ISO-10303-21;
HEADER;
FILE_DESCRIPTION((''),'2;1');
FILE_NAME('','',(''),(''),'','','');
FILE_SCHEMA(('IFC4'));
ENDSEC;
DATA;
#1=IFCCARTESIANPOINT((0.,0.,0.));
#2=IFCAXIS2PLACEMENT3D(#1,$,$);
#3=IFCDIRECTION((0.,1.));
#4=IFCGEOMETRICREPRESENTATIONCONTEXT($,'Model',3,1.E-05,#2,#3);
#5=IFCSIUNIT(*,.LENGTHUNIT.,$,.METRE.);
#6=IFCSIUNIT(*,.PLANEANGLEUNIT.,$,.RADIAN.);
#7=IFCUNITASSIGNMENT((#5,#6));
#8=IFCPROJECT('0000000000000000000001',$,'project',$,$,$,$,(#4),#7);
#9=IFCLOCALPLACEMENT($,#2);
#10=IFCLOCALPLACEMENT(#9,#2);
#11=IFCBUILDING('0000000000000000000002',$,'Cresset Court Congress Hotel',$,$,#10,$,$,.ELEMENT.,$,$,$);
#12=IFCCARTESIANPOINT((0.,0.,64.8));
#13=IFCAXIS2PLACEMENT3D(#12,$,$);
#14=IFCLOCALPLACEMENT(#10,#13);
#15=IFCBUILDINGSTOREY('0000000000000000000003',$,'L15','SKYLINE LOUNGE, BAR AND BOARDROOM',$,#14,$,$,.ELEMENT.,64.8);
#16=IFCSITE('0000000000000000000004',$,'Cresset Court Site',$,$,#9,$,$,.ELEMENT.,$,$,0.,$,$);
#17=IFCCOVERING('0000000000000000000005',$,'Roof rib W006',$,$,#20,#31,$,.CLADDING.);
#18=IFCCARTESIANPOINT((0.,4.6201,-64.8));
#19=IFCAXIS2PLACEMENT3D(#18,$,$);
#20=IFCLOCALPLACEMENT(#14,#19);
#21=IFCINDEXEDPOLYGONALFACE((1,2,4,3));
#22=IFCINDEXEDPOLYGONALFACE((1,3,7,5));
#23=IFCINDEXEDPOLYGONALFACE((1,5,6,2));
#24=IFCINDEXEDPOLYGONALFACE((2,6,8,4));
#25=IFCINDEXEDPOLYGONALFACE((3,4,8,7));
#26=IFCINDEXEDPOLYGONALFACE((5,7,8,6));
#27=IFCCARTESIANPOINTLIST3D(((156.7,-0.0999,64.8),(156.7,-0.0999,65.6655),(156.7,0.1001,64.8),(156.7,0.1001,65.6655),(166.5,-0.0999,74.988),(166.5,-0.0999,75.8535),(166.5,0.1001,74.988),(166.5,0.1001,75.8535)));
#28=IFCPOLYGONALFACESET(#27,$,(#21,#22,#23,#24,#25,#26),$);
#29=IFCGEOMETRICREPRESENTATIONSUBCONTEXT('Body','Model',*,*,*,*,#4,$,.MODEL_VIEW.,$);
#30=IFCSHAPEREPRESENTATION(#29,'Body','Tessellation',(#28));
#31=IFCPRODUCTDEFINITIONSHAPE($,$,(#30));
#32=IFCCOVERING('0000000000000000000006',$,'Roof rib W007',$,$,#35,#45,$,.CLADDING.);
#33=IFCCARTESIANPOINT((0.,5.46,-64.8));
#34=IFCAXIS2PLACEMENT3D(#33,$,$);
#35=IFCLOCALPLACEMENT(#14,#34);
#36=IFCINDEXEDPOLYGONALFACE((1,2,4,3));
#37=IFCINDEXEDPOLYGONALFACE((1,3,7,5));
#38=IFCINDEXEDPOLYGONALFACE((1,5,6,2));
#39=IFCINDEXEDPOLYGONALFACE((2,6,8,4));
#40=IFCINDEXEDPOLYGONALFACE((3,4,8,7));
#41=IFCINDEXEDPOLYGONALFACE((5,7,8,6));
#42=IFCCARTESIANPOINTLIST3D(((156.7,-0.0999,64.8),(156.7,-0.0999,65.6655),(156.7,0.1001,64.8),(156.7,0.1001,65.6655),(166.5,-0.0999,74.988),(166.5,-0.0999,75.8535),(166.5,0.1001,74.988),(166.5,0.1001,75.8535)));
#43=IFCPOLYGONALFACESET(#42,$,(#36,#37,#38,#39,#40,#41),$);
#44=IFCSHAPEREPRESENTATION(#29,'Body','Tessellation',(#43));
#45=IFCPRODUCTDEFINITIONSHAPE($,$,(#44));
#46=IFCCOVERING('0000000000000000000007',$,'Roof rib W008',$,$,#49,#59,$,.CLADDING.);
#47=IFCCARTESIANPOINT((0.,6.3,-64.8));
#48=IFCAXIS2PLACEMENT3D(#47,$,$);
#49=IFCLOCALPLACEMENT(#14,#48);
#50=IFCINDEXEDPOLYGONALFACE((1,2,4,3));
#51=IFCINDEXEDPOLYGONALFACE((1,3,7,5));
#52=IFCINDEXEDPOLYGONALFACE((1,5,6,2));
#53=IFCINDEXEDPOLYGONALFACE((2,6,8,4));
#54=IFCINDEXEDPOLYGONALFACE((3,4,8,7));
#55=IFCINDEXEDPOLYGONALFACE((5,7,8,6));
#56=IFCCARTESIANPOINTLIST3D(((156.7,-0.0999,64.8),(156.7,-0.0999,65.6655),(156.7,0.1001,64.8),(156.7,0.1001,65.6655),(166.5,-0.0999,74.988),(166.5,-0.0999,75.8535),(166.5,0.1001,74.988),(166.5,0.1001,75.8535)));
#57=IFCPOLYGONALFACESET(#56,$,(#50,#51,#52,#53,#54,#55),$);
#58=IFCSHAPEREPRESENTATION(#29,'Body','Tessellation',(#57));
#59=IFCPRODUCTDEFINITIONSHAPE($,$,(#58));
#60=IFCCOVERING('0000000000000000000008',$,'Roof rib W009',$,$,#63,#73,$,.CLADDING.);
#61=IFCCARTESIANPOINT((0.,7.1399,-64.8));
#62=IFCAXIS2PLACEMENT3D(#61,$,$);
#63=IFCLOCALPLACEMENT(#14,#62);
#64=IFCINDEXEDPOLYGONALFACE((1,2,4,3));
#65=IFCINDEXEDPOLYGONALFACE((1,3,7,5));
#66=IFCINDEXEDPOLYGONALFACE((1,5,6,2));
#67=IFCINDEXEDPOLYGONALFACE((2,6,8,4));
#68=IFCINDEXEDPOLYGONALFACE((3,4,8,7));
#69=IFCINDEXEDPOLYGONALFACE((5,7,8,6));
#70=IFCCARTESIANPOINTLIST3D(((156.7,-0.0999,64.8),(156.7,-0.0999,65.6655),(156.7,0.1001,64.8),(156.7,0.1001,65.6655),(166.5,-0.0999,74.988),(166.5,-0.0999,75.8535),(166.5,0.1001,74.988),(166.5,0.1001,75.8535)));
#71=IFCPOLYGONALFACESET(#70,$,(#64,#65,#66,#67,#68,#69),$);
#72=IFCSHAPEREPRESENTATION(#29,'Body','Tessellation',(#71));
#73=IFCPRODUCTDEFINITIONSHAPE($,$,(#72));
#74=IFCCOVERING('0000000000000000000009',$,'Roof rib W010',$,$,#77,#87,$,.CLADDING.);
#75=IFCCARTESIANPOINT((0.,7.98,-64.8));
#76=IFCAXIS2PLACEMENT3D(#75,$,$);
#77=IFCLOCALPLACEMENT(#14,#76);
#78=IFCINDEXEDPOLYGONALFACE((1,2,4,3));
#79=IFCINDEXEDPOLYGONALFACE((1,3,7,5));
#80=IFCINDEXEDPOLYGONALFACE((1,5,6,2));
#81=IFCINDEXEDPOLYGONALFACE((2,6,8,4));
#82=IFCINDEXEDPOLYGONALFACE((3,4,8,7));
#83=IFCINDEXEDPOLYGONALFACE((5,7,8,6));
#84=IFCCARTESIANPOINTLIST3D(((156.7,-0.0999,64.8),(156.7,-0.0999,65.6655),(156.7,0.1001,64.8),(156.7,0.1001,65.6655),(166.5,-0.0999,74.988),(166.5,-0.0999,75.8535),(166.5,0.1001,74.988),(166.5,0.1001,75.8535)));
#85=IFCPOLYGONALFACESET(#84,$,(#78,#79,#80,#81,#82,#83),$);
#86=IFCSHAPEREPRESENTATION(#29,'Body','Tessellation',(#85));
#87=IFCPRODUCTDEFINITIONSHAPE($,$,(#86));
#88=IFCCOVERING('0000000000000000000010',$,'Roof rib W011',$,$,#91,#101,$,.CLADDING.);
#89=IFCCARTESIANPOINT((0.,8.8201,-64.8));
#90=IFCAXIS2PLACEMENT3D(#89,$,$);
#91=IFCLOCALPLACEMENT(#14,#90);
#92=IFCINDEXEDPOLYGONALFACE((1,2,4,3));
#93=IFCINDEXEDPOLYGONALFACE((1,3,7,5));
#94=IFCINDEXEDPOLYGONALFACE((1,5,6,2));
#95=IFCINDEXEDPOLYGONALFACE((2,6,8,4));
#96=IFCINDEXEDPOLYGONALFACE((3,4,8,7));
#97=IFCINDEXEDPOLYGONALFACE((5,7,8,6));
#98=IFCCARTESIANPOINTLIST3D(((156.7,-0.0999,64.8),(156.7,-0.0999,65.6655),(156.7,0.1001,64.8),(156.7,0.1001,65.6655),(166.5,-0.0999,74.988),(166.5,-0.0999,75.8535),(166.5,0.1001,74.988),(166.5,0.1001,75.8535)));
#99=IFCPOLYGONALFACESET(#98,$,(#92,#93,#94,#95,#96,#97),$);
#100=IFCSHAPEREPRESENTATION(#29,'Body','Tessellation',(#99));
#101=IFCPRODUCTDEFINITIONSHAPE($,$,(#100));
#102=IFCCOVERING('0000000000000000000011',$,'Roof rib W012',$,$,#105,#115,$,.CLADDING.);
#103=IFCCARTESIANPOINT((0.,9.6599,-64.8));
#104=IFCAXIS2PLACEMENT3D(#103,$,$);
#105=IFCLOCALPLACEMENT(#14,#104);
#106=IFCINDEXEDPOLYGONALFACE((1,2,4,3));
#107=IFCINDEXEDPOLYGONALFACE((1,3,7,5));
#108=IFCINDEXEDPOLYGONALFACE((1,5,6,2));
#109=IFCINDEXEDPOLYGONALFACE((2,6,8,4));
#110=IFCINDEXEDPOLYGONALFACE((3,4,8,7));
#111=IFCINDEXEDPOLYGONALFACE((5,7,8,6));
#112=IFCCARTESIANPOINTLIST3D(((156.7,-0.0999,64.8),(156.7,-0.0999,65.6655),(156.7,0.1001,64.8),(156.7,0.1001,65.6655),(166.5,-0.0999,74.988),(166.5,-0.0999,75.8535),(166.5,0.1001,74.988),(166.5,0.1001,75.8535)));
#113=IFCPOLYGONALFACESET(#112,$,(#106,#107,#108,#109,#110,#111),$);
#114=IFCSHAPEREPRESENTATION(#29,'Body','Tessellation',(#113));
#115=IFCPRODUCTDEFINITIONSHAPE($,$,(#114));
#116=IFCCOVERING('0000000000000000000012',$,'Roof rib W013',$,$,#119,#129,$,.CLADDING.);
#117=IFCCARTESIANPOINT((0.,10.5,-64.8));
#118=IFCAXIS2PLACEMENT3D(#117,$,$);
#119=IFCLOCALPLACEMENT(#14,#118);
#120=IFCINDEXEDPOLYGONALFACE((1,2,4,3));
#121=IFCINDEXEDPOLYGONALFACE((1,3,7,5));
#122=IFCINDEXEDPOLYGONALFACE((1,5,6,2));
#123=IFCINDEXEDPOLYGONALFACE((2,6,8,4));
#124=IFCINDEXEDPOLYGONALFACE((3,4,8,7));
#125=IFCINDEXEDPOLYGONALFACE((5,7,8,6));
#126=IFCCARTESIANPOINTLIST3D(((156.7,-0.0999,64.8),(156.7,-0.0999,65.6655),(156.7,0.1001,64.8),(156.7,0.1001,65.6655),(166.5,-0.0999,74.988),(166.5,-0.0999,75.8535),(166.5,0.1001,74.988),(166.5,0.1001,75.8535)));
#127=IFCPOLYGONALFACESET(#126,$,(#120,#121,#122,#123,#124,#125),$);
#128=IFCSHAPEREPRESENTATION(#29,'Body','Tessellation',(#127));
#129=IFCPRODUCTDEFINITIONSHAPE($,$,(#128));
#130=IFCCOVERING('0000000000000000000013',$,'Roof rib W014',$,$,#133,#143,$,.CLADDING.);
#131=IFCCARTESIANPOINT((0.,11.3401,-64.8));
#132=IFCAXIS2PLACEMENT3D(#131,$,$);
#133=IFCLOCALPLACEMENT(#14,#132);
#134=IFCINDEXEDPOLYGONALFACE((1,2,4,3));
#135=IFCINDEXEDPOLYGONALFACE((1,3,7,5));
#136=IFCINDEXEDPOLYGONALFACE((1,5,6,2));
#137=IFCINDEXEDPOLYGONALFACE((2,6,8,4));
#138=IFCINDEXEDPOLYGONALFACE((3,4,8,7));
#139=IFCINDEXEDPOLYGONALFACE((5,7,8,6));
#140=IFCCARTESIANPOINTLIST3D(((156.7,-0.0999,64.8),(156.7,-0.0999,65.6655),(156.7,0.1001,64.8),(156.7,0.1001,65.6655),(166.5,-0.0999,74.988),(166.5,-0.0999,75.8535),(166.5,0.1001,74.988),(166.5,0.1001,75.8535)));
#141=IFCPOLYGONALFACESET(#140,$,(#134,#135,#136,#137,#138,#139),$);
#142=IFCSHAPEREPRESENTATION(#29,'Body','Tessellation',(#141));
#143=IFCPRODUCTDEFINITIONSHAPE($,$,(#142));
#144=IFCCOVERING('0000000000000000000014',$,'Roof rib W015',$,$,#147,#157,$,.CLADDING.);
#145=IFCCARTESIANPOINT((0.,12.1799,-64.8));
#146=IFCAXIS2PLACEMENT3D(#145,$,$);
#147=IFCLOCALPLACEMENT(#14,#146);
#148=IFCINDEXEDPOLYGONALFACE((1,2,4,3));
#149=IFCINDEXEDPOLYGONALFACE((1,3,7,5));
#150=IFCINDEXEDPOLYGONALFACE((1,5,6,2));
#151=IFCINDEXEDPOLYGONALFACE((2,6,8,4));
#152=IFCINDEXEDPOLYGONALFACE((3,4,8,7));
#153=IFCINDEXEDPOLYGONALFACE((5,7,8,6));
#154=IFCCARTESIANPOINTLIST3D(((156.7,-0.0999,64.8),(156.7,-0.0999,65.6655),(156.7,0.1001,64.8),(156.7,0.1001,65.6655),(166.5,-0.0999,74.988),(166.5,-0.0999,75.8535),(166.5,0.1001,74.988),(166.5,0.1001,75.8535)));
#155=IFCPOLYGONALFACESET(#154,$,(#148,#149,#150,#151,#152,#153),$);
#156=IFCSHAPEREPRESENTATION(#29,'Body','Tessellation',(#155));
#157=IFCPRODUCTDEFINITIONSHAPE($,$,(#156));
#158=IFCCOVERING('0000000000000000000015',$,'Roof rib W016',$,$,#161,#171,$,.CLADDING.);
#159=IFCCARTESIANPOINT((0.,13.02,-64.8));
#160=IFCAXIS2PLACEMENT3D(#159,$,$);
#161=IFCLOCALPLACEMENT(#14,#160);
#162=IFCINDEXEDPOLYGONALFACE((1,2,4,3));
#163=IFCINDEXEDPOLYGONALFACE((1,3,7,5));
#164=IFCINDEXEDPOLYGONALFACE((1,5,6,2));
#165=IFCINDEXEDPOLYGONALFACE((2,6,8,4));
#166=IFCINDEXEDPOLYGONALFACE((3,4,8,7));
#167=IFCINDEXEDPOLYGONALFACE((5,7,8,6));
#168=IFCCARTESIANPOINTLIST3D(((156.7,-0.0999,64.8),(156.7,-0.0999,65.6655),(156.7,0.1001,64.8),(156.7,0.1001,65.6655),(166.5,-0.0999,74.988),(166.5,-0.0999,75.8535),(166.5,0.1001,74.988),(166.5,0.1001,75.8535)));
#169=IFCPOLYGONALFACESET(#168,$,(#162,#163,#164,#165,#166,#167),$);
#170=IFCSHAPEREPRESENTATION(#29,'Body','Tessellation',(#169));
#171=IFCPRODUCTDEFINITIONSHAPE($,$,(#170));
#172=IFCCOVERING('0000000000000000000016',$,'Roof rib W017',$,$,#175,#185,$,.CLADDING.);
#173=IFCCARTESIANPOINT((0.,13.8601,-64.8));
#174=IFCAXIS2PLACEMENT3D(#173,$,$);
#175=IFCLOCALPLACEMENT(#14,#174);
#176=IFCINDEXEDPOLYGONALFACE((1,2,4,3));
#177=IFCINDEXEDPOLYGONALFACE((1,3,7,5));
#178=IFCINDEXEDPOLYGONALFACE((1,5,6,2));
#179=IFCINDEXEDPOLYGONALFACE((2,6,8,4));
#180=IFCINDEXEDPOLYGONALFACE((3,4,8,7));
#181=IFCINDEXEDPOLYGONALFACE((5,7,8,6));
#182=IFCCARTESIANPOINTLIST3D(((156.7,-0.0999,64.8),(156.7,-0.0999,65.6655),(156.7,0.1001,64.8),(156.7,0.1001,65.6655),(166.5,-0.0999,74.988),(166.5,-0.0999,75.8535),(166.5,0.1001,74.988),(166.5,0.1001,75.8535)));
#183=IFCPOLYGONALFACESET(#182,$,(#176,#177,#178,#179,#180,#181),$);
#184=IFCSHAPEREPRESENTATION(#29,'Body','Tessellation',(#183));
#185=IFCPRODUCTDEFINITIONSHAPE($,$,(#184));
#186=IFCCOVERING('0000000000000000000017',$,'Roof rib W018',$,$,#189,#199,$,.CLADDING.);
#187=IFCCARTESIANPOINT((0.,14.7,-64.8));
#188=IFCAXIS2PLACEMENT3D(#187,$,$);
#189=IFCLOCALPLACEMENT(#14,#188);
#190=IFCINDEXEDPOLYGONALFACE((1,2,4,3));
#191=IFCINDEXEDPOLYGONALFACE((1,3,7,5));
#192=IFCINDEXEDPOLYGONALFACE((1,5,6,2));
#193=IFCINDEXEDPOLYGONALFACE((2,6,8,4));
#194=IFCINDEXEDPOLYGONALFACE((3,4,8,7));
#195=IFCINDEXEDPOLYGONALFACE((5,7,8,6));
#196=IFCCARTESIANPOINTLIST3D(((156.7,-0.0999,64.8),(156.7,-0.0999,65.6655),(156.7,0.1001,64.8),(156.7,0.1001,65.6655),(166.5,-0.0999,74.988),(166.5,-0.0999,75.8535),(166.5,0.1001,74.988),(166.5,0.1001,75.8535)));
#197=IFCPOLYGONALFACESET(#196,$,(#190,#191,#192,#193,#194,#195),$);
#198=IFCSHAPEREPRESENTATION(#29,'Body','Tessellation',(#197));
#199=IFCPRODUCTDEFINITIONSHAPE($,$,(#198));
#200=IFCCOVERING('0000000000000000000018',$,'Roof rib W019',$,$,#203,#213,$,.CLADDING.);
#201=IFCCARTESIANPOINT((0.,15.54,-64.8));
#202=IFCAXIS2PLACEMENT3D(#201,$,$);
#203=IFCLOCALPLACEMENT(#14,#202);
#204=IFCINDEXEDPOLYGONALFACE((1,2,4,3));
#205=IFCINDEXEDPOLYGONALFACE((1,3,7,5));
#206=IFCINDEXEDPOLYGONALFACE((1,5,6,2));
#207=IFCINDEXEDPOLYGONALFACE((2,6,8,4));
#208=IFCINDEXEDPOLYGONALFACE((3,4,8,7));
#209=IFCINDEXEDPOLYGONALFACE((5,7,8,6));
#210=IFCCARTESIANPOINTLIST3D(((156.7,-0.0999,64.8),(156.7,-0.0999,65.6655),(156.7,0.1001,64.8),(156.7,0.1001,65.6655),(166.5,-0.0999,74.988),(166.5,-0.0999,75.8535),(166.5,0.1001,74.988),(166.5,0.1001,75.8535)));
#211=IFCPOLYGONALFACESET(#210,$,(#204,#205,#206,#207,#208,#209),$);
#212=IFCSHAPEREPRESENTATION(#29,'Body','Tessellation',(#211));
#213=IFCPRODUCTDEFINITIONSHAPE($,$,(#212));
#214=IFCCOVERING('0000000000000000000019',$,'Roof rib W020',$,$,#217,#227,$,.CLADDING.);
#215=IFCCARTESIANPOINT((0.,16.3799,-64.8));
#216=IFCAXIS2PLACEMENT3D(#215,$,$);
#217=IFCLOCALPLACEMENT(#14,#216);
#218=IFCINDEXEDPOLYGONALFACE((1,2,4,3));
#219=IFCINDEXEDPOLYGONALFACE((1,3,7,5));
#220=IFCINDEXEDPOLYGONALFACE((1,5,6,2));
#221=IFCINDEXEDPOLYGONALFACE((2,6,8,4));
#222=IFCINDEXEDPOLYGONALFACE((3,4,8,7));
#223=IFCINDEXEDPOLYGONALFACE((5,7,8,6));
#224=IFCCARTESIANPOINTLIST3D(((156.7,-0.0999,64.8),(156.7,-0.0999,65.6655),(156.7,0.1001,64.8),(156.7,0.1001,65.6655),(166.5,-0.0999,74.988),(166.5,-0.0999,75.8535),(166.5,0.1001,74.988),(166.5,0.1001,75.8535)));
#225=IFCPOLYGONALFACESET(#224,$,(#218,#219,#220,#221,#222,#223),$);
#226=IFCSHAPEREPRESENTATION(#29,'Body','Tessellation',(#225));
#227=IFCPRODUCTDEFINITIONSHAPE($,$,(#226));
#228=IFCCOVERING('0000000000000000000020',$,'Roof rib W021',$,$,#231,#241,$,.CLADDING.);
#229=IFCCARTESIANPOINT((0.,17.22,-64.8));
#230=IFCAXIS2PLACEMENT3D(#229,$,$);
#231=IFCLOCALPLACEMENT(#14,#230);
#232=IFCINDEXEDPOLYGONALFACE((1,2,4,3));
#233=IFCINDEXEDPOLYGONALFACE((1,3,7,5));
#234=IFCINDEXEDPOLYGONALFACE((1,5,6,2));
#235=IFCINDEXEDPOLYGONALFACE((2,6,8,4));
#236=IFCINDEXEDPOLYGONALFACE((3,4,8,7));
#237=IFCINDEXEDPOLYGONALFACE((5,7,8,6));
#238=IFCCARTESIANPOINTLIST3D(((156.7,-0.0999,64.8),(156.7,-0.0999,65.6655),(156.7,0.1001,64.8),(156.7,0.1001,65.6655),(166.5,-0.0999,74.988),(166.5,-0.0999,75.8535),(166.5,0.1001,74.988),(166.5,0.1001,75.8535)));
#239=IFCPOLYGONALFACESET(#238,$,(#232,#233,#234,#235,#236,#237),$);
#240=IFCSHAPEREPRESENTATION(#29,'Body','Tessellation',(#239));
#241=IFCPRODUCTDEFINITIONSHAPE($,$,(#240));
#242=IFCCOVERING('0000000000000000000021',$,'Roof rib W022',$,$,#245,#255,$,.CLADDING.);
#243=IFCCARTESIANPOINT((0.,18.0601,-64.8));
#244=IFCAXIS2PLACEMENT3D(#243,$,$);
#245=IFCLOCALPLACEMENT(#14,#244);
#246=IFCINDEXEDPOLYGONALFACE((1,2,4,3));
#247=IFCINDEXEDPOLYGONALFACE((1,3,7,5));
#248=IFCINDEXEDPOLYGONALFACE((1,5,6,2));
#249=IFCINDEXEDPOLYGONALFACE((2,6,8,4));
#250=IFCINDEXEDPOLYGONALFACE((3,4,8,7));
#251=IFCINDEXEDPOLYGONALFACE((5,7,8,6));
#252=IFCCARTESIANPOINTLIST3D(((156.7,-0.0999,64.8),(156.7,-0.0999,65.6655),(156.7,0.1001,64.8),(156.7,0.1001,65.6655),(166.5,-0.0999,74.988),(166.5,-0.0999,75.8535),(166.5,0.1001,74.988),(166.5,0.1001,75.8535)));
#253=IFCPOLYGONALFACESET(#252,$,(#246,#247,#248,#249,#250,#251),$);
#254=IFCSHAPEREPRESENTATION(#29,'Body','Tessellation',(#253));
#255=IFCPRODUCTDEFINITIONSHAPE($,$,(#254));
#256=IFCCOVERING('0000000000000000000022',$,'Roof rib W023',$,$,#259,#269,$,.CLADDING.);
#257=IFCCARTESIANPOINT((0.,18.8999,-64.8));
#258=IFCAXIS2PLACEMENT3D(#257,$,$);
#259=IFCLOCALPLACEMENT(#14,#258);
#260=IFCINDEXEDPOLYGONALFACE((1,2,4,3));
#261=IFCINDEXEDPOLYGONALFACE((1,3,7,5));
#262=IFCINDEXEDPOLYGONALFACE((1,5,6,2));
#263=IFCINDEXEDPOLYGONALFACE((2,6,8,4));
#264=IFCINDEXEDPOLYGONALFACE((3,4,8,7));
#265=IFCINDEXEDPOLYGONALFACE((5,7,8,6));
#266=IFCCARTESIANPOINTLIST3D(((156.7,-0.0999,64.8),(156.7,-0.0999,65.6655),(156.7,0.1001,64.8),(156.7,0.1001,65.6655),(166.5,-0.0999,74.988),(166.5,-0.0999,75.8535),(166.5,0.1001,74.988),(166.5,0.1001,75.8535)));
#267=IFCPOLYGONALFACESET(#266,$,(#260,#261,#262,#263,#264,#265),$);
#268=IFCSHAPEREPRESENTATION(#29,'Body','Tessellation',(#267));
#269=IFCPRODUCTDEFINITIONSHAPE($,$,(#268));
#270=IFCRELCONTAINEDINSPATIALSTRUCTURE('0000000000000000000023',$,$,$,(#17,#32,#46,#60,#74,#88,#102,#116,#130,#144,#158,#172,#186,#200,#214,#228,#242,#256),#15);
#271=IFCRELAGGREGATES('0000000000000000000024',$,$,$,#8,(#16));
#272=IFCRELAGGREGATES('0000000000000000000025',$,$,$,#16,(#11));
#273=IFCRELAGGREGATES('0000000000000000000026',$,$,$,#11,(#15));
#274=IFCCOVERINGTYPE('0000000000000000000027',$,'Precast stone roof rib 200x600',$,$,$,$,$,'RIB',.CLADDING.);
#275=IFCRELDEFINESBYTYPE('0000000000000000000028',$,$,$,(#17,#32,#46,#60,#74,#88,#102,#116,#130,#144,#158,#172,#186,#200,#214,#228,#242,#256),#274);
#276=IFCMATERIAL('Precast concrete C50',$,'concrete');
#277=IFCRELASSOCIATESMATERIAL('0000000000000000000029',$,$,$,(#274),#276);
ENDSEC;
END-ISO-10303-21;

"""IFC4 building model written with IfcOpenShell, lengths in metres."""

from ifc_helpers import new_model, si_unit, direction, frame, origin, place, context, subcontext, project, spatial, polyline, outline, extrude, material, type_object, element, save


model = new_model("IFC4")

# Units and contexts
model_context = context("Model", 3, precision=1e-05, world=origin(), true_north=direction((0.0, 1.0)))
body_context = subcontext(model_context, "Body", "Model", "MODEL_VIEW")
ifc_project = project(units=[si_unit("LENGTHUNIT", "METRE"), si_unit("PLANEANGLEUNIT", "RADIAN")], contexts=[model_context])

# Site, building, storey
site_placement = place(None, origin())
site = spatial("IfcSite", under=ifc_project, at=site_placement, Name="Cresset Court Site", CompositionType="ELEMENT", RefElevation=0.0)
building_placement = place(site_placement, origin())
building = spatial("IfcBuilding", under=site, at=building_placement, Name="Cresset Court Congress Hotel", CompositionType="ELEMENT")
storey_placement = place(building_placement, frame((0.0, 0.0, 64.8)))
storey = spatial("IfcBuildingStorey", under=building, at=storey_placement, Name="L15", Description="SKYLINE LOUNGE, BAR AND BOARDROOM", CompositionType="ELEMENT", Elevation=64.8)

# Coverings
ifc_material_1 = material(Name="Precast concrete C50", Category="concrete")
covering_type = type_object("IfcCoveringType", Name="Precast stone roof rib 200x600", ElementType="RIB", PredefinedType="CLADDING", material=ifc_material_1)
for number, where, name in (
    (1, (0.0, 4.6201, -64.8), "Roof rib W006"),
    (2, (0.0, 5.46, -64.8), "Roof rib W007"),
    (3, (0.0, 6.3, -64.8), "Roof rib W008"),
    (4, (0.0, 7.1399, -64.8), "Roof rib W009"),
    (5, (0.0, 7.98, -64.8), "Roof rib W010"),
    (6, (0.0, 8.8201, -64.8), "Roof rib W011"),
    (7, (0.0, 9.6599, -64.8), "Roof rib W012"),
    (8, (0.0, 10.5, -64.8), "Roof rib W013"),
    (9, (0.0, 11.3401, -64.8), "Roof rib W014"),
    (10, (0.0, 12.1799, -64.8), "Roof rib W015"),
    (11, (0.0, 13.02, -64.8), "Roof rib W016"),
    (12, (0.0, 13.8601, -64.8), "Roof rib W017"),
    (13, (0.0, 14.7, -64.8), "Roof rib W018"),
    (14, (0.0, 15.54, -64.8), "Roof rib W019"),
    (15, (0.0, 16.3799, -64.8), "Roof rib W020"),
    (16, (0.0, 17.22, -64.8), "Roof rib W021"),
    (17, (0.0, 18.0601, -64.8), "Roof rib W022"),
    (18, (0.0, 18.8999, -64.8), "Roof rib W023"),
):
    element("IfcCovering", number, at=place(storey_placement, frame(where)), inside=storey, type_object=covering_type, Name=name, PredefinedType="CLADDING", context=body_context, shape_type="SweptSolid", body=[
        extrude(outline(polyline([(166.5, 74.988), (156.7, 64.8), (156.7, 65.6655), (166.5, 75.8535), (166.5, 74.988)])), frame((0.0, 0.1001, 0.0), z_axis=(0.0, -1.0, 0.0), x_axis=(1.0, 0.0, 0.0)), (0.0, 0.0, 1.0), 0.2),
    ])

save(model, "model.ifc")
